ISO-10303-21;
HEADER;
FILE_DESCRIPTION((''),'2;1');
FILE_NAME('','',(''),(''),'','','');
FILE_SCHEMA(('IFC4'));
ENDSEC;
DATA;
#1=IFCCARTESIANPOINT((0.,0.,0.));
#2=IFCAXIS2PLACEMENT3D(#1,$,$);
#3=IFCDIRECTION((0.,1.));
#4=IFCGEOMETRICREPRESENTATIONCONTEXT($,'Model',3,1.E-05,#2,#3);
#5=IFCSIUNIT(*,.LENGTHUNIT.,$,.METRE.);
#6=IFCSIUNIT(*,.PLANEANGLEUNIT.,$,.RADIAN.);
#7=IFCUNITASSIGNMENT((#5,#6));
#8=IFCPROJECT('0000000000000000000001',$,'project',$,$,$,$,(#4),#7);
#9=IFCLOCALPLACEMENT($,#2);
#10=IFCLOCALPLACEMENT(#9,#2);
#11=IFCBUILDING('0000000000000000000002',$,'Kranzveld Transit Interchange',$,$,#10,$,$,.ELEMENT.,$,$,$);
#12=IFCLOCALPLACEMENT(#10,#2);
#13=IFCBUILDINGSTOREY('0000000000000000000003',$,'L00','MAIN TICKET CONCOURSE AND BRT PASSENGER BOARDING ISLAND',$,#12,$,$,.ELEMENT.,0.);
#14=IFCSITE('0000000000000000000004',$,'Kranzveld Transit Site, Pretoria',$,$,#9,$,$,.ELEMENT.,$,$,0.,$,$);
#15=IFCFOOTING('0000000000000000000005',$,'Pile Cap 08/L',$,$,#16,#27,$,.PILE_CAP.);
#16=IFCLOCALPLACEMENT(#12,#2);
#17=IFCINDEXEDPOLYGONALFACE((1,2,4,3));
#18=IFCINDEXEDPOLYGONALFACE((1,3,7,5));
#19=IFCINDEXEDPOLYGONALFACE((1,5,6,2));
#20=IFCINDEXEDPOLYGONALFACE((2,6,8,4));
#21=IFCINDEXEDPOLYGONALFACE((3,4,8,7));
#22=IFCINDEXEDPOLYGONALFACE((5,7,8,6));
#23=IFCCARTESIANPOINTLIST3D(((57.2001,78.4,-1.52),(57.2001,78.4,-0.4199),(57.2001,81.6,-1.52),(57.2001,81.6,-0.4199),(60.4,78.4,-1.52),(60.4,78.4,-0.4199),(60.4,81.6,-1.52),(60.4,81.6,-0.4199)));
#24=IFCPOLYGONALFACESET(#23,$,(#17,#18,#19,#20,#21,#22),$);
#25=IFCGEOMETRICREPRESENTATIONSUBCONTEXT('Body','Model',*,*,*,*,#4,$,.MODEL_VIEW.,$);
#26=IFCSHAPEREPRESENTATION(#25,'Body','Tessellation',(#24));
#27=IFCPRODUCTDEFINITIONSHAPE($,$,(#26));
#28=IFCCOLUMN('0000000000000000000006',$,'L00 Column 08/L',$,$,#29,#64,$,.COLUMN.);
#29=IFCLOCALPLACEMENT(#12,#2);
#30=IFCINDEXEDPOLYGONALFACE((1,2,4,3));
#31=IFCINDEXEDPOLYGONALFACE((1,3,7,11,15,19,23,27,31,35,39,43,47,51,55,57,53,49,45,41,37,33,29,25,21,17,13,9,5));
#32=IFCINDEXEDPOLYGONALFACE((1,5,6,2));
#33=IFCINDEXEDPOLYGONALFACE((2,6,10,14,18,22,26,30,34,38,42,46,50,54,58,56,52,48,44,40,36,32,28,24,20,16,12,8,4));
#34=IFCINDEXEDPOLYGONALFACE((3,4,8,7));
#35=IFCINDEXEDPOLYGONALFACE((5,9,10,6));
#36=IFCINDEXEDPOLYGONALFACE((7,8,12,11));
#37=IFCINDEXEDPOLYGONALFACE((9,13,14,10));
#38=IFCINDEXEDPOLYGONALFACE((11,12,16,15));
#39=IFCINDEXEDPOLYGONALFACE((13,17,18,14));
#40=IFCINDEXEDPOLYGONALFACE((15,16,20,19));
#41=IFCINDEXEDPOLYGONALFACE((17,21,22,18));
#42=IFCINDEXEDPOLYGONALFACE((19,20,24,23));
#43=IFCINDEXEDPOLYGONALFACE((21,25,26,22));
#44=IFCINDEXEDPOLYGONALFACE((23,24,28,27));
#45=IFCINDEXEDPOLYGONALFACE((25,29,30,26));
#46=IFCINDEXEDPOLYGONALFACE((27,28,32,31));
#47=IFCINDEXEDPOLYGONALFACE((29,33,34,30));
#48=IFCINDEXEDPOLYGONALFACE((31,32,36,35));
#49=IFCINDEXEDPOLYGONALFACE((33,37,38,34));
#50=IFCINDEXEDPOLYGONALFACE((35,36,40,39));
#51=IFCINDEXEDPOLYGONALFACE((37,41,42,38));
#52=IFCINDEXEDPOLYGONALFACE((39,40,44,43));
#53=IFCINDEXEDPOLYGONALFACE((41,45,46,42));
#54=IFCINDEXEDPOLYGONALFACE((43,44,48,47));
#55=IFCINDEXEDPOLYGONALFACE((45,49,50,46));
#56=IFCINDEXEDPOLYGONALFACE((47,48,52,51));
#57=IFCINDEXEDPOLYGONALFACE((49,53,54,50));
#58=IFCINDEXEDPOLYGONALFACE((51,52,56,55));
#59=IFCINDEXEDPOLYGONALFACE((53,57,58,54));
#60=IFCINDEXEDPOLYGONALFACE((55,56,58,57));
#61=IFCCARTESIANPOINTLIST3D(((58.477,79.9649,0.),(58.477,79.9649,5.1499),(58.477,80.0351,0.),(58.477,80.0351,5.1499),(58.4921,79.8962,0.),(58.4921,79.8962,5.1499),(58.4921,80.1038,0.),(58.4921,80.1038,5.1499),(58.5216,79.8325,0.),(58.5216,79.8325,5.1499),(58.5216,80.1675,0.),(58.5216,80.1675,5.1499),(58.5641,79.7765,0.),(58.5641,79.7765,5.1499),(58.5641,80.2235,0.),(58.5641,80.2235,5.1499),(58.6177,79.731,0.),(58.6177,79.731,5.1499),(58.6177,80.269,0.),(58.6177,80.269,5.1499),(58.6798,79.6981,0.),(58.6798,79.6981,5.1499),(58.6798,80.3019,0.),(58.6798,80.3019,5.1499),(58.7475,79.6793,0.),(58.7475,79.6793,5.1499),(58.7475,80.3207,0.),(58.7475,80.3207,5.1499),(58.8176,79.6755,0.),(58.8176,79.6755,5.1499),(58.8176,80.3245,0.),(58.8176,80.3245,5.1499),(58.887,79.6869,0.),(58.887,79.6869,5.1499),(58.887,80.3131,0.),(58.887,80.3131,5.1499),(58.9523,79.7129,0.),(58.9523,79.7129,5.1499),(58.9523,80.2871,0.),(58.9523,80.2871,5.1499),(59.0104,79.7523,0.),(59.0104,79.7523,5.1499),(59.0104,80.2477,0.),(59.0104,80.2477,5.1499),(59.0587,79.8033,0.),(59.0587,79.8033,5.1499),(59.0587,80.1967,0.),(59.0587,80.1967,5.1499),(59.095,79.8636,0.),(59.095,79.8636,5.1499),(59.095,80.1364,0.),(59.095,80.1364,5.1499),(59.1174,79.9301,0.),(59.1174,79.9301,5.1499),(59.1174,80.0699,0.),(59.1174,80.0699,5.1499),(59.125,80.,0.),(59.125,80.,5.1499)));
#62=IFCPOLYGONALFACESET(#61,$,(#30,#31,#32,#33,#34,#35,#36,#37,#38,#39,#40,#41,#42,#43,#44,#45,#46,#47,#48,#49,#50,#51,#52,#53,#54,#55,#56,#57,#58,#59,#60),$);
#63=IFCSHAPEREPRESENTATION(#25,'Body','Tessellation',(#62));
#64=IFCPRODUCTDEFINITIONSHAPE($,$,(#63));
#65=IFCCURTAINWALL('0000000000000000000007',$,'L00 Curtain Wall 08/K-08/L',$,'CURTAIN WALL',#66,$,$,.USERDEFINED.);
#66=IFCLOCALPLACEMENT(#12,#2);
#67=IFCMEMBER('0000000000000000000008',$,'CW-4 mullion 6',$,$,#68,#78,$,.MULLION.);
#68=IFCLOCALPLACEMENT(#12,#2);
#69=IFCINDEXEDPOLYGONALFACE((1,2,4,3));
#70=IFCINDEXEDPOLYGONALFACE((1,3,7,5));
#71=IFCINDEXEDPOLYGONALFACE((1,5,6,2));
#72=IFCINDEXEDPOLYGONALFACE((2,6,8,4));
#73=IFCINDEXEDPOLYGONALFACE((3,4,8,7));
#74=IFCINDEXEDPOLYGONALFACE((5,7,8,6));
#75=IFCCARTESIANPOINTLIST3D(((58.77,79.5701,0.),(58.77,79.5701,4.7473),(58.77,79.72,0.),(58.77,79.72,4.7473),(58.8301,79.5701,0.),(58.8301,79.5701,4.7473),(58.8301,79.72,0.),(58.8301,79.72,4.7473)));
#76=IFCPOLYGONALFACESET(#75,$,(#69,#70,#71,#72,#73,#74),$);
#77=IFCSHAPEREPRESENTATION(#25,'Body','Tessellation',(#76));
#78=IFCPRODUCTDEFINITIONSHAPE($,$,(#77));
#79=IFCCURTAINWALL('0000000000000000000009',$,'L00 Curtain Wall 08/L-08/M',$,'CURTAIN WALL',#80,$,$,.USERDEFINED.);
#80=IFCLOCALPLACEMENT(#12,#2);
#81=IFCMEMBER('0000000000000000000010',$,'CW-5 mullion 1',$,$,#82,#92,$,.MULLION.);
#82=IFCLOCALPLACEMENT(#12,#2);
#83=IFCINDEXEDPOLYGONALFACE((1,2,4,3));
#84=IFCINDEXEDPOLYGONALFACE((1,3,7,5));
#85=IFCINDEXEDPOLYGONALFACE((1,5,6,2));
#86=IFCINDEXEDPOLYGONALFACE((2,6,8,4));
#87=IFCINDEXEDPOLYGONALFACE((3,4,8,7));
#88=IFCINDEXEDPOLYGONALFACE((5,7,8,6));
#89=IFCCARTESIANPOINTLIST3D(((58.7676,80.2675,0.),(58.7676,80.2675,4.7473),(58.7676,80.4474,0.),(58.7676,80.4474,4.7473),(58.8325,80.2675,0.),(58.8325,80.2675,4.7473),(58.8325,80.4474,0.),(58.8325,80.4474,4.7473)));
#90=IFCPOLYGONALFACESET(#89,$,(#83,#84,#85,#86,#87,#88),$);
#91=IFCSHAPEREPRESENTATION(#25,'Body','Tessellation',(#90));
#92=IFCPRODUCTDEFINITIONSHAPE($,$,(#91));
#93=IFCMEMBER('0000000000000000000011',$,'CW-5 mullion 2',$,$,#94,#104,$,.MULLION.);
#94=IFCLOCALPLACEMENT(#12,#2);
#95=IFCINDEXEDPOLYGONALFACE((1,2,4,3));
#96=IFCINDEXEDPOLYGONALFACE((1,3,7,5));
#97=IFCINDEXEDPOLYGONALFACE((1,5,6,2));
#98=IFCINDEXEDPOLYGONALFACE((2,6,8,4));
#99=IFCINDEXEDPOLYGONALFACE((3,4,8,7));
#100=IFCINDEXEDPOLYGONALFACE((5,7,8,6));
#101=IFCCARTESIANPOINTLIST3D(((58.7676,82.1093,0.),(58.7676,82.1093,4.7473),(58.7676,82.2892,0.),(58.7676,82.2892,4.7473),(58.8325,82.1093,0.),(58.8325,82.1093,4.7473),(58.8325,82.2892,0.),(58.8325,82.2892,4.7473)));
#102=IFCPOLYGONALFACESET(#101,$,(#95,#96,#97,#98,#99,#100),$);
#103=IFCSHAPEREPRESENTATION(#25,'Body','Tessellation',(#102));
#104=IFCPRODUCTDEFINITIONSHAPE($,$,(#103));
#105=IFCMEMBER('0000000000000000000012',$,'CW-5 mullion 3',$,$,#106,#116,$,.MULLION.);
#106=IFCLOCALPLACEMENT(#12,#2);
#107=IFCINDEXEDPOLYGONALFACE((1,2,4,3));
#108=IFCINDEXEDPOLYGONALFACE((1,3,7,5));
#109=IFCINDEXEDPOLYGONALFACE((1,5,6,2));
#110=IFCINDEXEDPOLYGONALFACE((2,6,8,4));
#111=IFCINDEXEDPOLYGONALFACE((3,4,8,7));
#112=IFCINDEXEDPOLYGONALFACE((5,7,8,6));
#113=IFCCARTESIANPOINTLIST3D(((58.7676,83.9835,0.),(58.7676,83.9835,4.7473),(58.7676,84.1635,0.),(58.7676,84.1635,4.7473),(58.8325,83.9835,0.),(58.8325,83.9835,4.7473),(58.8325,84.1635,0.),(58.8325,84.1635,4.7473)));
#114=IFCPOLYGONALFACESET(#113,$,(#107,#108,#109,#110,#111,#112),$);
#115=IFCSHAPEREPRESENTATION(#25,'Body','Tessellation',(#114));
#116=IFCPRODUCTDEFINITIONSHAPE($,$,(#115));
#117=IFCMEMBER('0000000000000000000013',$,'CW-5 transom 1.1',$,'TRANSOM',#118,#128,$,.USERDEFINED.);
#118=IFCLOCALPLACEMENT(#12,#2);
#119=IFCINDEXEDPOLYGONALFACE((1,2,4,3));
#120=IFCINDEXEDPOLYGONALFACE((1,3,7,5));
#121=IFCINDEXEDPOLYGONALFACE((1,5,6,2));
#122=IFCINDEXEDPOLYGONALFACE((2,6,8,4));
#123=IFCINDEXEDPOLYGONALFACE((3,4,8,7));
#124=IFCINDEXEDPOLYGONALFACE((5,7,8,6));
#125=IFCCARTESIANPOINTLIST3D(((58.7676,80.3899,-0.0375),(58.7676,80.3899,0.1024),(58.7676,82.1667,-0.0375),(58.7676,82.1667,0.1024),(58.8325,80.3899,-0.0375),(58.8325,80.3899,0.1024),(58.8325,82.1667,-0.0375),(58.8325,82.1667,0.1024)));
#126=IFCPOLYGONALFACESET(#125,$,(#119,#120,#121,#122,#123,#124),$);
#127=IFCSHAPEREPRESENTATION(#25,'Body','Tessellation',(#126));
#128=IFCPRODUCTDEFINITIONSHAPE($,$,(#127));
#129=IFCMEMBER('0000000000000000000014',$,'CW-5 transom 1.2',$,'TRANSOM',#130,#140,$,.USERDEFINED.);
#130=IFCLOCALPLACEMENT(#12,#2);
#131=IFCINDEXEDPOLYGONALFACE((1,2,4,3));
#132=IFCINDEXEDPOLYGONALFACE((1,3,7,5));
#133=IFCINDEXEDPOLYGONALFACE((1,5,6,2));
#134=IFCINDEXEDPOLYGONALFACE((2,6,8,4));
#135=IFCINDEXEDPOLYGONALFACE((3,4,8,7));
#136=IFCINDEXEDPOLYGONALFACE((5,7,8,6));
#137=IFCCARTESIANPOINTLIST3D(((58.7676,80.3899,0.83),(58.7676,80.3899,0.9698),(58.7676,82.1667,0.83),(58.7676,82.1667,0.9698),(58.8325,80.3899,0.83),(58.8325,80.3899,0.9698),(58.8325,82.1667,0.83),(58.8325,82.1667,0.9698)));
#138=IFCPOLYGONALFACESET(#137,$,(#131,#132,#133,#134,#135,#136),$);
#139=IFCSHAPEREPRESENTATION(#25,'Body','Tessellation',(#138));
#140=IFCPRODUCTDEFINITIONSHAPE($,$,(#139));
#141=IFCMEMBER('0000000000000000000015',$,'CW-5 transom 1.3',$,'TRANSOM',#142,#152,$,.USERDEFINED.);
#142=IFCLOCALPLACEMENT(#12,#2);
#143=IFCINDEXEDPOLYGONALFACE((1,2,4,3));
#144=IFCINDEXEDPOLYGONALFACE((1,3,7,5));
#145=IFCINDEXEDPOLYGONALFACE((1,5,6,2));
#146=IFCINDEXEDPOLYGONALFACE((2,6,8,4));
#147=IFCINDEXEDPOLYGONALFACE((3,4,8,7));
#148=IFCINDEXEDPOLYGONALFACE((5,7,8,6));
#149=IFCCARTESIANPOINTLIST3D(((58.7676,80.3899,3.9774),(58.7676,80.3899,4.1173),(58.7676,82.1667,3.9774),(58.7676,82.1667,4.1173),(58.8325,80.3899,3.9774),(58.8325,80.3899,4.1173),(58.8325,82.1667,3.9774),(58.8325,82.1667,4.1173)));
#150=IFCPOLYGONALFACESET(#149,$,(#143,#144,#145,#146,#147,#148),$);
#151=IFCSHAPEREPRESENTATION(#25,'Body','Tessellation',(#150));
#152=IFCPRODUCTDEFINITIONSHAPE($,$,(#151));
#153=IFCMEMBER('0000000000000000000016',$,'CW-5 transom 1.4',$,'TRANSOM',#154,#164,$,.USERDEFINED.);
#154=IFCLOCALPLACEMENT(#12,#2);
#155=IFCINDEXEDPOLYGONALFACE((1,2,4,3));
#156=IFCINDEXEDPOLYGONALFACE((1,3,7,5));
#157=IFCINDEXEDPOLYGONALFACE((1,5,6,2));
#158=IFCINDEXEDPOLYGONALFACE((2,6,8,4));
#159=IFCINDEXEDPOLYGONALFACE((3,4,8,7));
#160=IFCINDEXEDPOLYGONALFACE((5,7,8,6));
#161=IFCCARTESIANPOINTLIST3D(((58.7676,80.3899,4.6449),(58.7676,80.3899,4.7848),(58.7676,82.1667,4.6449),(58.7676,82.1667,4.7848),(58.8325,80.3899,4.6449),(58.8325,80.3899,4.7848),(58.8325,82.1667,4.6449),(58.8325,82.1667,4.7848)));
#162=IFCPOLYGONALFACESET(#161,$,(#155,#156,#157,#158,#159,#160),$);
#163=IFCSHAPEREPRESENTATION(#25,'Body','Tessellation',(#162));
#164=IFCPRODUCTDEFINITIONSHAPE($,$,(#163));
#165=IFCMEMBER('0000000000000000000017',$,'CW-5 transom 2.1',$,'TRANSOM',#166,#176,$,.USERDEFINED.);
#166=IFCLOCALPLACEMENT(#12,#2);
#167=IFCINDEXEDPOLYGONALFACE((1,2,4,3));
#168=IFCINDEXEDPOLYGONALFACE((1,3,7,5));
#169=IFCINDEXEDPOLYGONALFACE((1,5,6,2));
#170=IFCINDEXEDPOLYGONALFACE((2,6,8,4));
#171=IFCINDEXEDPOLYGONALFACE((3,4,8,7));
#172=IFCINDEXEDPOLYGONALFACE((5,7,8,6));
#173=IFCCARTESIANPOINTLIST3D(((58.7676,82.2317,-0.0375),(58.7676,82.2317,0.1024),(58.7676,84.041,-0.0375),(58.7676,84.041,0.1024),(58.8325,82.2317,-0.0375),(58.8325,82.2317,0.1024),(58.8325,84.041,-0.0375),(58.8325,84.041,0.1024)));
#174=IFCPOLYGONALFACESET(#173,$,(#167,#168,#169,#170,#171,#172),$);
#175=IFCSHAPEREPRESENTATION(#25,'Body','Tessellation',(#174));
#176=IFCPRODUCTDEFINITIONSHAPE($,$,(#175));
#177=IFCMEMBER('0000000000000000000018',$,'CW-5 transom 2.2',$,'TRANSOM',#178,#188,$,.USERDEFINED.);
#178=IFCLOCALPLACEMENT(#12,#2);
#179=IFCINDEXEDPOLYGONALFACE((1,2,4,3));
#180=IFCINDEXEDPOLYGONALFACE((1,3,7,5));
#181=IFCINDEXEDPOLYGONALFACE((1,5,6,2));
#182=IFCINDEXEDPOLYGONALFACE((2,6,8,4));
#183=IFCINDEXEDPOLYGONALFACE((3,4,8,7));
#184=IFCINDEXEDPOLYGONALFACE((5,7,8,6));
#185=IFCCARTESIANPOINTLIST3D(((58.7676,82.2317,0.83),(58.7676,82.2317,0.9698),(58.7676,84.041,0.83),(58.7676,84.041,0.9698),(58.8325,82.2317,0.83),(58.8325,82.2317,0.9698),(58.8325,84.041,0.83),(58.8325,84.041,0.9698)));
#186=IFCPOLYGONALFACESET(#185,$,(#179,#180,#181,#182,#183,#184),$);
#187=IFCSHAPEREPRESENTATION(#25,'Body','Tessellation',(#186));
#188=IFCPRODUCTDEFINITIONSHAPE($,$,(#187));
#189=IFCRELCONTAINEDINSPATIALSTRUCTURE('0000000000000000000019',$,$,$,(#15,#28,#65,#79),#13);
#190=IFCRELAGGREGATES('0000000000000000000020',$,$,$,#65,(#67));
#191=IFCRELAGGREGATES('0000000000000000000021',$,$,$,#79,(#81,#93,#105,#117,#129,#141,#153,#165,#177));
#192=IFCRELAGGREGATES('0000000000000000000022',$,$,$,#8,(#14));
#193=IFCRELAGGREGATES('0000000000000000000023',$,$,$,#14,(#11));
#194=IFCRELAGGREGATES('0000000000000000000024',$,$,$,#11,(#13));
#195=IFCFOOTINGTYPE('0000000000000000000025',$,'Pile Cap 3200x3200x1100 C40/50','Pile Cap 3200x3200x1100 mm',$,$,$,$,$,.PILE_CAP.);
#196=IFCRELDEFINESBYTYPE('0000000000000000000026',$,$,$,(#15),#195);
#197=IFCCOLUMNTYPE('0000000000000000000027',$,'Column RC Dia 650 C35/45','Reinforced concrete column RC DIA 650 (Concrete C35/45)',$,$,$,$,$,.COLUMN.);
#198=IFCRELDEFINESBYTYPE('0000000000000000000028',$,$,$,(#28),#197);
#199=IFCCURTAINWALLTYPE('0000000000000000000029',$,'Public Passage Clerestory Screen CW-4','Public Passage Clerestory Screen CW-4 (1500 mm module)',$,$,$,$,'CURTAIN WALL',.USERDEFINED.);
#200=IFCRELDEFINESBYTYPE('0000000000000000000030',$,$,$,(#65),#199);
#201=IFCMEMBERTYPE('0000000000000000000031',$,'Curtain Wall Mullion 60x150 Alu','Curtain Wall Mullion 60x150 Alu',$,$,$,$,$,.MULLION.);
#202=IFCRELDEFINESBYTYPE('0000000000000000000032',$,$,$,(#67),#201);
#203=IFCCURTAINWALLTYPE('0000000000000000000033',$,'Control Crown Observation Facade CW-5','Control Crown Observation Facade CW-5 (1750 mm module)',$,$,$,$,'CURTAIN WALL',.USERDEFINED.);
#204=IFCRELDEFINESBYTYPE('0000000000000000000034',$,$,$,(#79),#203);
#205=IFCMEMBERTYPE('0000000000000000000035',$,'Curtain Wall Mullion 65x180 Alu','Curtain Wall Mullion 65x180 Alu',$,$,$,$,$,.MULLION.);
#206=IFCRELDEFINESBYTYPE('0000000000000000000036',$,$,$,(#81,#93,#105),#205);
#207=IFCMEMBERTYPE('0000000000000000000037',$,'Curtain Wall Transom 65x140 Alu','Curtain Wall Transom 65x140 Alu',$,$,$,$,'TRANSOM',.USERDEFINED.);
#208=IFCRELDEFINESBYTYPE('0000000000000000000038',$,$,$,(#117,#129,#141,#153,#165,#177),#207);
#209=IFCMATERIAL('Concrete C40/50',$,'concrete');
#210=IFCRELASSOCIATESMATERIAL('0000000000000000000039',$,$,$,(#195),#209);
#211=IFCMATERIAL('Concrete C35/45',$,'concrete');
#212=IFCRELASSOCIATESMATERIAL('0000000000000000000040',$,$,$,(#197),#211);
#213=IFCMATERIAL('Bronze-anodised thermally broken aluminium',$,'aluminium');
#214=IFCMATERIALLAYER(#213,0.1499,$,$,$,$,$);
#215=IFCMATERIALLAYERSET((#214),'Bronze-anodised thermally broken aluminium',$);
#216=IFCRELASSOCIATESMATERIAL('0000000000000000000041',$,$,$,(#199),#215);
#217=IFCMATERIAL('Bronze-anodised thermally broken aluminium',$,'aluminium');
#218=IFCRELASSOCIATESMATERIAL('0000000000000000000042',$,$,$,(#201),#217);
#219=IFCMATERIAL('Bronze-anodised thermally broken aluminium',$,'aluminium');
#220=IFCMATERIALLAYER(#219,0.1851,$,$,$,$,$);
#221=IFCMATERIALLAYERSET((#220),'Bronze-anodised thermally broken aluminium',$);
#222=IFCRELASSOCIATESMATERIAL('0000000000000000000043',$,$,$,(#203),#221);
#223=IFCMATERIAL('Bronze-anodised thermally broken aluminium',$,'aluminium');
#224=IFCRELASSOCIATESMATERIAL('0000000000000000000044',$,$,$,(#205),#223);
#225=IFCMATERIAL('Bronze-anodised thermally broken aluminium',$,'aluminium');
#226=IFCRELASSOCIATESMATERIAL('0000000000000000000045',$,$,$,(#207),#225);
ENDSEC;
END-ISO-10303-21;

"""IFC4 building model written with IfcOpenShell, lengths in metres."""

from ifc_helpers import new_model, si_unit, direction, frame, origin, origin_2d, place, context, subcontext, project, spatial, rectangle, circle, extrude, material, layer, layer_set, material_profile, profile_set, type_object, element, aggregate, save


model = new_model("IFC4")

# Units and contexts
model_context = context("Model", 3, precision=1e-05, world=origin(), true_north=direction((0.0, 1.0)))
body_context = subcontext(model_context, "Body", "Model", "MODEL_VIEW")
ifc_project = project(units=[si_unit("LENGTHUNIT", "METRE"), si_unit("PLANEANGLEUNIT", "RADIAN")], contexts=[model_context])

# Site, building, storey
site_placement = place(None, origin())
site = spatial("IfcSite", under=ifc_project, at=site_placement, Name="Kranzveld Transit Site, Pretoria", CompositionType="ELEMENT", RefElevation=0.0)
building_placement = place(site_placement, origin())
building = spatial("IfcBuilding", under=site, at=building_placement, Name="Kranzveld Transit Interchange", CompositionType="ELEMENT")
storey_placement = place(building_placement, origin())
storey = spatial("IfcBuildingStorey", under=building, at=storey_placement, Name="L00", Description="MAIN TICKET CONCOURSE AND BRT PASSENGER BOARDING ISLAND", CompositionType="ELEMENT", Elevation=0.0)

# Footing
ifc_material_1 = material(Name="Concrete C40/50", Category="concrete")
footing_type = type_object("IfcFootingType", Name="Pile Cap 3200x3200x1100 C40/50", Description="Pile Cap 3200x3200x1100 mm", PredefinedType="PILE_CAP", material=ifc_material_1)
footing_placement = place(storey_placement, frame((58.8, 80.0, -1.52), z_axis=(0.0, 0.0, 1.0), x_axis=(1.0, 0.0, 0.0)))
element("IfcFooting", 1, at=footing_placement, inside=storey, type_object=footing_type, Name="Pile Cap 08/L", PredefinedType="PILE_CAP", context=body_context, shape_type="SweptSolid", body=[
    extrude(rectangle(XDim=3.2, YDim=3.2, at=origin_2d()), origin(), (0.0, 0.0, 1.0), 1.1001),
])

# Column
ifc_material_2 = material(Name="Concrete C35/45", Category="concrete")
ifc_material_profile_1 = material_profile(ifc_material_2, circle(Radius=0.325, at=origin_2d()), Name="RC DIA 650")
ifc_profile_set_1 = profile_set([ifc_material_profile_1], Name="Concrete C35/45")
column_type = type_object("IfcColumnType", Name="Column RC Dia 650 C35/45", Description="Reinforced concrete column RC DIA 650 (Concrete C35/45)", PredefinedType="COLUMN", material=ifc_profile_set_1)
column_placement = place(storey_placement, frame((58.8, 80.0, 0.0), z_axis=(0.0, 0.0, 1.0), x_axis=(1.0, 0.0, 0.0)))
element("IfcColumn", 2, at=column_placement, inside=storey, type_object=column_type, Name="L00 Column 08/L", PredefinedType="COLUMN", context=body_context, shape_type="SweptSolid", body=[
    extrude(circle(Radius=0.325, at=origin_2d()), origin(), (0.0, 0.0, 1.0), 5.1499),
])

# Curtain wall, member
ifc_material_3 = material(Name="Bronze-anodised thermally broken aluminium", Category="aluminium")
ifc_layer_1 = layer(ifc_material_3, 0.1499)
ifc_layer_set_1 = layer_set([ifc_layer_1], Name="Bronze-anodised thermally broken aluminium")
curtain_wall_type_1 = type_object("IfcCurtainWallType", Name="Public Passage Clerestory Screen CW-4", Description="Public Passage Clerestory Screen CW-4 (1500 mm module)", ElementType="CURTAIN WALL", PredefinedType="USERDEFINED", material=ifc_layer_set_1)
curtain_wall_1_placement = place(storey_placement, origin())
curtain_wall_1 = element("IfcCurtainWall", 3, at=curtain_wall_1_placement, inside=storey, type_object=curtain_wall_type_1, Name="L00 Curtain Wall 08/K-08/L", ObjectType="CURTAIN WALL", PredefinedType="USERDEFINED")
ifc_material_4 = material(Name="Bronze-anodised thermally broken aluminium", Category="aluminium")
ifc_material_profile_2 = material_profile(ifc_material_4, rectangle(XDim=0.0601, YDim=0.1499, at=origin_2d()), Name="ALU MULLION 60x150")
ifc_profile_set_2 = profile_set([ifc_material_profile_2], Name="Bronze-anodised thermally broken aluminium")
member_type_1 = type_object("IfcMemberType", Name="Curtain Wall Mullion 60x150 Alu", Description="Curtain Wall Mullion 60x150 Alu", PredefinedType="MULLION", material=ifc_profile_set_2)
member_1_placement = place(storey_placement, frame((58.8, 79.645, 0.0), z_axis=(0.0, 0.0, 1.0), x_axis=(-1.0, 0.0, 0.0)))
member_1 = element("IfcMember", 4, at=member_1_placement, type_object=member_type_1, Name="CW-4 mullion 6", PredefinedType="MULLION", context=body_context, shape_type="SweptSolid", body=[
    extrude(rectangle(XDim=0.0601, YDim=0.1499, at=origin_2d()), origin(), (0.0, 0.0, 1.0), 4.7473),
])

# Curtain wall, members
ifc_material_5 = material(Name="Bronze-anodised thermally broken aluminium", Category="aluminium")
ifc_layer_2 = layer(ifc_material_5, 0.1851)
ifc_layer_set_2 = layer_set([ifc_layer_2], Name="Bronze-anodised thermally broken aluminium")
curtain_wall_type_2 = type_object("IfcCurtainWallType", Name="Control Crown Observation Facade CW-5", Description="Control Crown Observation Facade CW-5 (1750 mm module)", ElementType="CURTAIN WALL", PredefinedType="USERDEFINED", material=ifc_layer_set_2)
curtain_wall_2_placement = place(storey_placement, origin())
curtain_wall_2 = element("IfcCurtainWall", 5, at=curtain_wall_2_placement, inside=storey, type_object=curtain_wall_type_2, Name="L00 Curtain Wall 08/L-08/M", ObjectType="CURTAIN WALL", PredefinedType="USERDEFINED")
ifc_material_6 = material(Name="Bronze-anodised thermally broken aluminium", Category="aluminium")
ifc_material_profile_3 = material_profile(ifc_material_6, rectangle(XDim=0.0649, YDim=0.1799, at=origin_2d()), Name="ALU MULLION 65x180")
ifc_profile_set_3 = profile_set([ifc_material_profile_3], Name="Bronze-anodised thermally broken aluminium")
member_type_2 = type_object("IfcMemberType", Name="Curtain Wall Mullion 65x180 Alu", Description="Curtain Wall Mullion 65x180 Alu", PredefinedType="MULLION", material=ifc_profile_set_3)
member_2_placement = place(storey_placement, frame((58.8, 80.3574, 0.0), z_axis=(0.0, 0.0, 1.0), x_axis=(-1.0, 0.0, 0.0)))
member_2 = element("IfcMember", 6, at=member_2_placement, type_object=member_type_2, Name="CW-5 mullion 1", PredefinedType="MULLION", context=body_context, shape_type="SweptSolid", body=[
    extrude(rectangle(XDim=0.0649, YDim=0.1799, at=origin_2d()), origin(), (0.0, 0.0, 1.0), 4.7473),
])
member_3_placement = place(storey_placement, frame((58.8, 82.1992, 0.0), z_axis=(0.0, 0.0, 1.0), x_axis=(-1.0, 0.0, 0.0)))
member_3 = element("IfcMember", 7, at=member_3_placement, type_object=member_type_2, Name="CW-5 mullion 2", PredefinedType="MULLION", context=body_context, shape_type="SweptSolid", body=[
    extrude(rectangle(XDim=0.0649, YDim=0.1799, at=origin_2d()), origin(), (0.0, 0.0, 1.0), 4.7473),
])
member_4_placement = place(storey_placement, frame((58.8, 84.0735, 0.0), z_axis=(0.0, 0.0, 1.0), x_axis=(-1.0, 0.0, 0.0)))
member_4 = element("IfcMember", 8, at=member_4_placement, type_object=member_type_2, Name="CW-5 mullion 3", PredefinedType="MULLION", context=body_context, shape_type="SweptSolid", body=[
    extrude(rectangle(XDim=0.0649, YDim=0.1799, at=origin_2d()), origin(), (0.0, 0.0, 1.0), 4.7473),
])
ifc_material_7 = material(Name="Bronze-anodised thermally broken aluminium", Category="aluminium")
ifc_material_profile_4 = material_profile(ifc_material_7, rectangle(XDim=0.0649, YDim=0.1399, at=origin_2d()), Name="ALU TRANSOM 65x140")
ifc_profile_set_4 = profile_set([ifc_material_profile_4], Name="Bronze-anodised thermally broken aluminium")
member_type_3 = type_object("IfcMemberType", Name="Curtain Wall Transom 65x140 Alu", Description="Curtain Wall Transom 65x140 Alu", ElementType="TRANSOM", PredefinedType="USERDEFINED", material=ifc_profile_set_4)
member_5_placement = place(storey_placement, frame((58.8, 80.3899, 0.0325), z_axis=(0.0, 1.0, 0.0), x_axis=(-1.0, 0.0, 0.0)))
member_5 = element("IfcMember", 9, at=member_5_placement, type_object=member_type_3, Name="CW-5 transom 1.1", ObjectType="TRANSOM", PredefinedType="USERDEFINED", context=body_context, shape_type="SweptSolid", body=[
    extrude(rectangle(XDim=0.0649, YDim=0.1399, at=origin_2d()), origin(), (0.0, 0.0, 1.0), 1.7769),
])
member_6_placement = place(storey_placement, frame((58.8, 80.3899, 0.8999), z_axis=(0.0, 1.0, 0.0), x_axis=(-1.0, 0.0, 0.0)))
member_6 = element("IfcMember", 10, at=member_6_placement, type_object=member_type_3, Name="CW-5 transom 1.2", ObjectType="TRANSOM", PredefinedType="USERDEFINED", context=body_context, shape_type="SweptSolid", body=[
    extrude(rectangle(XDim=0.0649, YDim=0.1399, at=origin_2d()), origin(), (0.0, 0.0, 1.0), 1.7769),
])
member_7_placement = place(storey_placement, frame((58.8, 80.3899, 4.0474), z_axis=(0.0, 1.0, 0.0), x_axis=(-1.0, 0.0, 0.0)))
member_7 = element("IfcMember", 11, at=member_7_placement, type_object=member_type_3, Name="CW-5 transom 1.3", ObjectType="TRANSOM", PredefinedType="USERDEFINED", context=body_context, shape_type="SweptSolid", body=[
    extrude(rectangle(XDim=0.0649, YDim=0.1399, at=origin_2d()), origin(), (0.0, 0.0, 1.0), 1.7769),
])
member_8_placement = place(storey_placement, frame((58.8, 80.3899, 4.7148), z_axis=(0.0, 1.0, 0.0), x_axis=(-1.0, 0.0, 0.0)))
member_8 = element("IfcMember", 12, at=member_8_placement, type_object=member_type_3, Name="CW-5 transom 1.4", ObjectType="TRANSOM", PredefinedType="USERDEFINED", context=body_context, shape_type="SweptSolid", body=[
    extrude(rectangle(XDim=0.0649, YDim=0.1399, at=origin_2d()), origin(), (0.0, 0.0, 1.0), 1.7769),
])
member_9_placement = place(storey_placement, frame((58.8, 82.2317, 0.0325), z_axis=(0.0, 1.0, 0.0), x_axis=(-1.0, 0.0, 0.0)))
member_9 = element("IfcMember", 13, at=member_9_placement, type_object=member_type_3, Name="CW-5 transom 2.1", ObjectType="TRANSOM", PredefinedType="USERDEFINED", context=body_context, shape_type="SweptSolid", body=[
    extrude(rectangle(XDim=0.0649, YDim=0.1399, at=origin_2d()), origin(), (0.0, 0.0, 1.0), 1.8093),
])
member_10_placement = place(storey_placement, frame((58.8, 82.2317, 0.8999), z_axis=(0.0, 1.0, 0.0), x_axis=(-1.0, 0.0, 0.0)))
member_10 = element("IfcMember", 14, at=member_10_placement, type_object=member_type_3, Name="CW-5 transom 2.2", ObjectType="TRANSOM", PredefinedType="USERDEFINED", context=body_context, shape_type="SweptSolid", body=[
    extrude(rectangle(XDim=0.0649, YDim=0.1399, at=origin_2d()), origin(), (0.0, 0.0, 1.0), 1.8093),
])

aggregate(curtain_wall_1, [member_1])
aggregate(curtain_wall_2, [member_2, member_3, member_4, member_5, member_6, member_7, member_8, member_9, member_10])

save(model, "model.ifc")
